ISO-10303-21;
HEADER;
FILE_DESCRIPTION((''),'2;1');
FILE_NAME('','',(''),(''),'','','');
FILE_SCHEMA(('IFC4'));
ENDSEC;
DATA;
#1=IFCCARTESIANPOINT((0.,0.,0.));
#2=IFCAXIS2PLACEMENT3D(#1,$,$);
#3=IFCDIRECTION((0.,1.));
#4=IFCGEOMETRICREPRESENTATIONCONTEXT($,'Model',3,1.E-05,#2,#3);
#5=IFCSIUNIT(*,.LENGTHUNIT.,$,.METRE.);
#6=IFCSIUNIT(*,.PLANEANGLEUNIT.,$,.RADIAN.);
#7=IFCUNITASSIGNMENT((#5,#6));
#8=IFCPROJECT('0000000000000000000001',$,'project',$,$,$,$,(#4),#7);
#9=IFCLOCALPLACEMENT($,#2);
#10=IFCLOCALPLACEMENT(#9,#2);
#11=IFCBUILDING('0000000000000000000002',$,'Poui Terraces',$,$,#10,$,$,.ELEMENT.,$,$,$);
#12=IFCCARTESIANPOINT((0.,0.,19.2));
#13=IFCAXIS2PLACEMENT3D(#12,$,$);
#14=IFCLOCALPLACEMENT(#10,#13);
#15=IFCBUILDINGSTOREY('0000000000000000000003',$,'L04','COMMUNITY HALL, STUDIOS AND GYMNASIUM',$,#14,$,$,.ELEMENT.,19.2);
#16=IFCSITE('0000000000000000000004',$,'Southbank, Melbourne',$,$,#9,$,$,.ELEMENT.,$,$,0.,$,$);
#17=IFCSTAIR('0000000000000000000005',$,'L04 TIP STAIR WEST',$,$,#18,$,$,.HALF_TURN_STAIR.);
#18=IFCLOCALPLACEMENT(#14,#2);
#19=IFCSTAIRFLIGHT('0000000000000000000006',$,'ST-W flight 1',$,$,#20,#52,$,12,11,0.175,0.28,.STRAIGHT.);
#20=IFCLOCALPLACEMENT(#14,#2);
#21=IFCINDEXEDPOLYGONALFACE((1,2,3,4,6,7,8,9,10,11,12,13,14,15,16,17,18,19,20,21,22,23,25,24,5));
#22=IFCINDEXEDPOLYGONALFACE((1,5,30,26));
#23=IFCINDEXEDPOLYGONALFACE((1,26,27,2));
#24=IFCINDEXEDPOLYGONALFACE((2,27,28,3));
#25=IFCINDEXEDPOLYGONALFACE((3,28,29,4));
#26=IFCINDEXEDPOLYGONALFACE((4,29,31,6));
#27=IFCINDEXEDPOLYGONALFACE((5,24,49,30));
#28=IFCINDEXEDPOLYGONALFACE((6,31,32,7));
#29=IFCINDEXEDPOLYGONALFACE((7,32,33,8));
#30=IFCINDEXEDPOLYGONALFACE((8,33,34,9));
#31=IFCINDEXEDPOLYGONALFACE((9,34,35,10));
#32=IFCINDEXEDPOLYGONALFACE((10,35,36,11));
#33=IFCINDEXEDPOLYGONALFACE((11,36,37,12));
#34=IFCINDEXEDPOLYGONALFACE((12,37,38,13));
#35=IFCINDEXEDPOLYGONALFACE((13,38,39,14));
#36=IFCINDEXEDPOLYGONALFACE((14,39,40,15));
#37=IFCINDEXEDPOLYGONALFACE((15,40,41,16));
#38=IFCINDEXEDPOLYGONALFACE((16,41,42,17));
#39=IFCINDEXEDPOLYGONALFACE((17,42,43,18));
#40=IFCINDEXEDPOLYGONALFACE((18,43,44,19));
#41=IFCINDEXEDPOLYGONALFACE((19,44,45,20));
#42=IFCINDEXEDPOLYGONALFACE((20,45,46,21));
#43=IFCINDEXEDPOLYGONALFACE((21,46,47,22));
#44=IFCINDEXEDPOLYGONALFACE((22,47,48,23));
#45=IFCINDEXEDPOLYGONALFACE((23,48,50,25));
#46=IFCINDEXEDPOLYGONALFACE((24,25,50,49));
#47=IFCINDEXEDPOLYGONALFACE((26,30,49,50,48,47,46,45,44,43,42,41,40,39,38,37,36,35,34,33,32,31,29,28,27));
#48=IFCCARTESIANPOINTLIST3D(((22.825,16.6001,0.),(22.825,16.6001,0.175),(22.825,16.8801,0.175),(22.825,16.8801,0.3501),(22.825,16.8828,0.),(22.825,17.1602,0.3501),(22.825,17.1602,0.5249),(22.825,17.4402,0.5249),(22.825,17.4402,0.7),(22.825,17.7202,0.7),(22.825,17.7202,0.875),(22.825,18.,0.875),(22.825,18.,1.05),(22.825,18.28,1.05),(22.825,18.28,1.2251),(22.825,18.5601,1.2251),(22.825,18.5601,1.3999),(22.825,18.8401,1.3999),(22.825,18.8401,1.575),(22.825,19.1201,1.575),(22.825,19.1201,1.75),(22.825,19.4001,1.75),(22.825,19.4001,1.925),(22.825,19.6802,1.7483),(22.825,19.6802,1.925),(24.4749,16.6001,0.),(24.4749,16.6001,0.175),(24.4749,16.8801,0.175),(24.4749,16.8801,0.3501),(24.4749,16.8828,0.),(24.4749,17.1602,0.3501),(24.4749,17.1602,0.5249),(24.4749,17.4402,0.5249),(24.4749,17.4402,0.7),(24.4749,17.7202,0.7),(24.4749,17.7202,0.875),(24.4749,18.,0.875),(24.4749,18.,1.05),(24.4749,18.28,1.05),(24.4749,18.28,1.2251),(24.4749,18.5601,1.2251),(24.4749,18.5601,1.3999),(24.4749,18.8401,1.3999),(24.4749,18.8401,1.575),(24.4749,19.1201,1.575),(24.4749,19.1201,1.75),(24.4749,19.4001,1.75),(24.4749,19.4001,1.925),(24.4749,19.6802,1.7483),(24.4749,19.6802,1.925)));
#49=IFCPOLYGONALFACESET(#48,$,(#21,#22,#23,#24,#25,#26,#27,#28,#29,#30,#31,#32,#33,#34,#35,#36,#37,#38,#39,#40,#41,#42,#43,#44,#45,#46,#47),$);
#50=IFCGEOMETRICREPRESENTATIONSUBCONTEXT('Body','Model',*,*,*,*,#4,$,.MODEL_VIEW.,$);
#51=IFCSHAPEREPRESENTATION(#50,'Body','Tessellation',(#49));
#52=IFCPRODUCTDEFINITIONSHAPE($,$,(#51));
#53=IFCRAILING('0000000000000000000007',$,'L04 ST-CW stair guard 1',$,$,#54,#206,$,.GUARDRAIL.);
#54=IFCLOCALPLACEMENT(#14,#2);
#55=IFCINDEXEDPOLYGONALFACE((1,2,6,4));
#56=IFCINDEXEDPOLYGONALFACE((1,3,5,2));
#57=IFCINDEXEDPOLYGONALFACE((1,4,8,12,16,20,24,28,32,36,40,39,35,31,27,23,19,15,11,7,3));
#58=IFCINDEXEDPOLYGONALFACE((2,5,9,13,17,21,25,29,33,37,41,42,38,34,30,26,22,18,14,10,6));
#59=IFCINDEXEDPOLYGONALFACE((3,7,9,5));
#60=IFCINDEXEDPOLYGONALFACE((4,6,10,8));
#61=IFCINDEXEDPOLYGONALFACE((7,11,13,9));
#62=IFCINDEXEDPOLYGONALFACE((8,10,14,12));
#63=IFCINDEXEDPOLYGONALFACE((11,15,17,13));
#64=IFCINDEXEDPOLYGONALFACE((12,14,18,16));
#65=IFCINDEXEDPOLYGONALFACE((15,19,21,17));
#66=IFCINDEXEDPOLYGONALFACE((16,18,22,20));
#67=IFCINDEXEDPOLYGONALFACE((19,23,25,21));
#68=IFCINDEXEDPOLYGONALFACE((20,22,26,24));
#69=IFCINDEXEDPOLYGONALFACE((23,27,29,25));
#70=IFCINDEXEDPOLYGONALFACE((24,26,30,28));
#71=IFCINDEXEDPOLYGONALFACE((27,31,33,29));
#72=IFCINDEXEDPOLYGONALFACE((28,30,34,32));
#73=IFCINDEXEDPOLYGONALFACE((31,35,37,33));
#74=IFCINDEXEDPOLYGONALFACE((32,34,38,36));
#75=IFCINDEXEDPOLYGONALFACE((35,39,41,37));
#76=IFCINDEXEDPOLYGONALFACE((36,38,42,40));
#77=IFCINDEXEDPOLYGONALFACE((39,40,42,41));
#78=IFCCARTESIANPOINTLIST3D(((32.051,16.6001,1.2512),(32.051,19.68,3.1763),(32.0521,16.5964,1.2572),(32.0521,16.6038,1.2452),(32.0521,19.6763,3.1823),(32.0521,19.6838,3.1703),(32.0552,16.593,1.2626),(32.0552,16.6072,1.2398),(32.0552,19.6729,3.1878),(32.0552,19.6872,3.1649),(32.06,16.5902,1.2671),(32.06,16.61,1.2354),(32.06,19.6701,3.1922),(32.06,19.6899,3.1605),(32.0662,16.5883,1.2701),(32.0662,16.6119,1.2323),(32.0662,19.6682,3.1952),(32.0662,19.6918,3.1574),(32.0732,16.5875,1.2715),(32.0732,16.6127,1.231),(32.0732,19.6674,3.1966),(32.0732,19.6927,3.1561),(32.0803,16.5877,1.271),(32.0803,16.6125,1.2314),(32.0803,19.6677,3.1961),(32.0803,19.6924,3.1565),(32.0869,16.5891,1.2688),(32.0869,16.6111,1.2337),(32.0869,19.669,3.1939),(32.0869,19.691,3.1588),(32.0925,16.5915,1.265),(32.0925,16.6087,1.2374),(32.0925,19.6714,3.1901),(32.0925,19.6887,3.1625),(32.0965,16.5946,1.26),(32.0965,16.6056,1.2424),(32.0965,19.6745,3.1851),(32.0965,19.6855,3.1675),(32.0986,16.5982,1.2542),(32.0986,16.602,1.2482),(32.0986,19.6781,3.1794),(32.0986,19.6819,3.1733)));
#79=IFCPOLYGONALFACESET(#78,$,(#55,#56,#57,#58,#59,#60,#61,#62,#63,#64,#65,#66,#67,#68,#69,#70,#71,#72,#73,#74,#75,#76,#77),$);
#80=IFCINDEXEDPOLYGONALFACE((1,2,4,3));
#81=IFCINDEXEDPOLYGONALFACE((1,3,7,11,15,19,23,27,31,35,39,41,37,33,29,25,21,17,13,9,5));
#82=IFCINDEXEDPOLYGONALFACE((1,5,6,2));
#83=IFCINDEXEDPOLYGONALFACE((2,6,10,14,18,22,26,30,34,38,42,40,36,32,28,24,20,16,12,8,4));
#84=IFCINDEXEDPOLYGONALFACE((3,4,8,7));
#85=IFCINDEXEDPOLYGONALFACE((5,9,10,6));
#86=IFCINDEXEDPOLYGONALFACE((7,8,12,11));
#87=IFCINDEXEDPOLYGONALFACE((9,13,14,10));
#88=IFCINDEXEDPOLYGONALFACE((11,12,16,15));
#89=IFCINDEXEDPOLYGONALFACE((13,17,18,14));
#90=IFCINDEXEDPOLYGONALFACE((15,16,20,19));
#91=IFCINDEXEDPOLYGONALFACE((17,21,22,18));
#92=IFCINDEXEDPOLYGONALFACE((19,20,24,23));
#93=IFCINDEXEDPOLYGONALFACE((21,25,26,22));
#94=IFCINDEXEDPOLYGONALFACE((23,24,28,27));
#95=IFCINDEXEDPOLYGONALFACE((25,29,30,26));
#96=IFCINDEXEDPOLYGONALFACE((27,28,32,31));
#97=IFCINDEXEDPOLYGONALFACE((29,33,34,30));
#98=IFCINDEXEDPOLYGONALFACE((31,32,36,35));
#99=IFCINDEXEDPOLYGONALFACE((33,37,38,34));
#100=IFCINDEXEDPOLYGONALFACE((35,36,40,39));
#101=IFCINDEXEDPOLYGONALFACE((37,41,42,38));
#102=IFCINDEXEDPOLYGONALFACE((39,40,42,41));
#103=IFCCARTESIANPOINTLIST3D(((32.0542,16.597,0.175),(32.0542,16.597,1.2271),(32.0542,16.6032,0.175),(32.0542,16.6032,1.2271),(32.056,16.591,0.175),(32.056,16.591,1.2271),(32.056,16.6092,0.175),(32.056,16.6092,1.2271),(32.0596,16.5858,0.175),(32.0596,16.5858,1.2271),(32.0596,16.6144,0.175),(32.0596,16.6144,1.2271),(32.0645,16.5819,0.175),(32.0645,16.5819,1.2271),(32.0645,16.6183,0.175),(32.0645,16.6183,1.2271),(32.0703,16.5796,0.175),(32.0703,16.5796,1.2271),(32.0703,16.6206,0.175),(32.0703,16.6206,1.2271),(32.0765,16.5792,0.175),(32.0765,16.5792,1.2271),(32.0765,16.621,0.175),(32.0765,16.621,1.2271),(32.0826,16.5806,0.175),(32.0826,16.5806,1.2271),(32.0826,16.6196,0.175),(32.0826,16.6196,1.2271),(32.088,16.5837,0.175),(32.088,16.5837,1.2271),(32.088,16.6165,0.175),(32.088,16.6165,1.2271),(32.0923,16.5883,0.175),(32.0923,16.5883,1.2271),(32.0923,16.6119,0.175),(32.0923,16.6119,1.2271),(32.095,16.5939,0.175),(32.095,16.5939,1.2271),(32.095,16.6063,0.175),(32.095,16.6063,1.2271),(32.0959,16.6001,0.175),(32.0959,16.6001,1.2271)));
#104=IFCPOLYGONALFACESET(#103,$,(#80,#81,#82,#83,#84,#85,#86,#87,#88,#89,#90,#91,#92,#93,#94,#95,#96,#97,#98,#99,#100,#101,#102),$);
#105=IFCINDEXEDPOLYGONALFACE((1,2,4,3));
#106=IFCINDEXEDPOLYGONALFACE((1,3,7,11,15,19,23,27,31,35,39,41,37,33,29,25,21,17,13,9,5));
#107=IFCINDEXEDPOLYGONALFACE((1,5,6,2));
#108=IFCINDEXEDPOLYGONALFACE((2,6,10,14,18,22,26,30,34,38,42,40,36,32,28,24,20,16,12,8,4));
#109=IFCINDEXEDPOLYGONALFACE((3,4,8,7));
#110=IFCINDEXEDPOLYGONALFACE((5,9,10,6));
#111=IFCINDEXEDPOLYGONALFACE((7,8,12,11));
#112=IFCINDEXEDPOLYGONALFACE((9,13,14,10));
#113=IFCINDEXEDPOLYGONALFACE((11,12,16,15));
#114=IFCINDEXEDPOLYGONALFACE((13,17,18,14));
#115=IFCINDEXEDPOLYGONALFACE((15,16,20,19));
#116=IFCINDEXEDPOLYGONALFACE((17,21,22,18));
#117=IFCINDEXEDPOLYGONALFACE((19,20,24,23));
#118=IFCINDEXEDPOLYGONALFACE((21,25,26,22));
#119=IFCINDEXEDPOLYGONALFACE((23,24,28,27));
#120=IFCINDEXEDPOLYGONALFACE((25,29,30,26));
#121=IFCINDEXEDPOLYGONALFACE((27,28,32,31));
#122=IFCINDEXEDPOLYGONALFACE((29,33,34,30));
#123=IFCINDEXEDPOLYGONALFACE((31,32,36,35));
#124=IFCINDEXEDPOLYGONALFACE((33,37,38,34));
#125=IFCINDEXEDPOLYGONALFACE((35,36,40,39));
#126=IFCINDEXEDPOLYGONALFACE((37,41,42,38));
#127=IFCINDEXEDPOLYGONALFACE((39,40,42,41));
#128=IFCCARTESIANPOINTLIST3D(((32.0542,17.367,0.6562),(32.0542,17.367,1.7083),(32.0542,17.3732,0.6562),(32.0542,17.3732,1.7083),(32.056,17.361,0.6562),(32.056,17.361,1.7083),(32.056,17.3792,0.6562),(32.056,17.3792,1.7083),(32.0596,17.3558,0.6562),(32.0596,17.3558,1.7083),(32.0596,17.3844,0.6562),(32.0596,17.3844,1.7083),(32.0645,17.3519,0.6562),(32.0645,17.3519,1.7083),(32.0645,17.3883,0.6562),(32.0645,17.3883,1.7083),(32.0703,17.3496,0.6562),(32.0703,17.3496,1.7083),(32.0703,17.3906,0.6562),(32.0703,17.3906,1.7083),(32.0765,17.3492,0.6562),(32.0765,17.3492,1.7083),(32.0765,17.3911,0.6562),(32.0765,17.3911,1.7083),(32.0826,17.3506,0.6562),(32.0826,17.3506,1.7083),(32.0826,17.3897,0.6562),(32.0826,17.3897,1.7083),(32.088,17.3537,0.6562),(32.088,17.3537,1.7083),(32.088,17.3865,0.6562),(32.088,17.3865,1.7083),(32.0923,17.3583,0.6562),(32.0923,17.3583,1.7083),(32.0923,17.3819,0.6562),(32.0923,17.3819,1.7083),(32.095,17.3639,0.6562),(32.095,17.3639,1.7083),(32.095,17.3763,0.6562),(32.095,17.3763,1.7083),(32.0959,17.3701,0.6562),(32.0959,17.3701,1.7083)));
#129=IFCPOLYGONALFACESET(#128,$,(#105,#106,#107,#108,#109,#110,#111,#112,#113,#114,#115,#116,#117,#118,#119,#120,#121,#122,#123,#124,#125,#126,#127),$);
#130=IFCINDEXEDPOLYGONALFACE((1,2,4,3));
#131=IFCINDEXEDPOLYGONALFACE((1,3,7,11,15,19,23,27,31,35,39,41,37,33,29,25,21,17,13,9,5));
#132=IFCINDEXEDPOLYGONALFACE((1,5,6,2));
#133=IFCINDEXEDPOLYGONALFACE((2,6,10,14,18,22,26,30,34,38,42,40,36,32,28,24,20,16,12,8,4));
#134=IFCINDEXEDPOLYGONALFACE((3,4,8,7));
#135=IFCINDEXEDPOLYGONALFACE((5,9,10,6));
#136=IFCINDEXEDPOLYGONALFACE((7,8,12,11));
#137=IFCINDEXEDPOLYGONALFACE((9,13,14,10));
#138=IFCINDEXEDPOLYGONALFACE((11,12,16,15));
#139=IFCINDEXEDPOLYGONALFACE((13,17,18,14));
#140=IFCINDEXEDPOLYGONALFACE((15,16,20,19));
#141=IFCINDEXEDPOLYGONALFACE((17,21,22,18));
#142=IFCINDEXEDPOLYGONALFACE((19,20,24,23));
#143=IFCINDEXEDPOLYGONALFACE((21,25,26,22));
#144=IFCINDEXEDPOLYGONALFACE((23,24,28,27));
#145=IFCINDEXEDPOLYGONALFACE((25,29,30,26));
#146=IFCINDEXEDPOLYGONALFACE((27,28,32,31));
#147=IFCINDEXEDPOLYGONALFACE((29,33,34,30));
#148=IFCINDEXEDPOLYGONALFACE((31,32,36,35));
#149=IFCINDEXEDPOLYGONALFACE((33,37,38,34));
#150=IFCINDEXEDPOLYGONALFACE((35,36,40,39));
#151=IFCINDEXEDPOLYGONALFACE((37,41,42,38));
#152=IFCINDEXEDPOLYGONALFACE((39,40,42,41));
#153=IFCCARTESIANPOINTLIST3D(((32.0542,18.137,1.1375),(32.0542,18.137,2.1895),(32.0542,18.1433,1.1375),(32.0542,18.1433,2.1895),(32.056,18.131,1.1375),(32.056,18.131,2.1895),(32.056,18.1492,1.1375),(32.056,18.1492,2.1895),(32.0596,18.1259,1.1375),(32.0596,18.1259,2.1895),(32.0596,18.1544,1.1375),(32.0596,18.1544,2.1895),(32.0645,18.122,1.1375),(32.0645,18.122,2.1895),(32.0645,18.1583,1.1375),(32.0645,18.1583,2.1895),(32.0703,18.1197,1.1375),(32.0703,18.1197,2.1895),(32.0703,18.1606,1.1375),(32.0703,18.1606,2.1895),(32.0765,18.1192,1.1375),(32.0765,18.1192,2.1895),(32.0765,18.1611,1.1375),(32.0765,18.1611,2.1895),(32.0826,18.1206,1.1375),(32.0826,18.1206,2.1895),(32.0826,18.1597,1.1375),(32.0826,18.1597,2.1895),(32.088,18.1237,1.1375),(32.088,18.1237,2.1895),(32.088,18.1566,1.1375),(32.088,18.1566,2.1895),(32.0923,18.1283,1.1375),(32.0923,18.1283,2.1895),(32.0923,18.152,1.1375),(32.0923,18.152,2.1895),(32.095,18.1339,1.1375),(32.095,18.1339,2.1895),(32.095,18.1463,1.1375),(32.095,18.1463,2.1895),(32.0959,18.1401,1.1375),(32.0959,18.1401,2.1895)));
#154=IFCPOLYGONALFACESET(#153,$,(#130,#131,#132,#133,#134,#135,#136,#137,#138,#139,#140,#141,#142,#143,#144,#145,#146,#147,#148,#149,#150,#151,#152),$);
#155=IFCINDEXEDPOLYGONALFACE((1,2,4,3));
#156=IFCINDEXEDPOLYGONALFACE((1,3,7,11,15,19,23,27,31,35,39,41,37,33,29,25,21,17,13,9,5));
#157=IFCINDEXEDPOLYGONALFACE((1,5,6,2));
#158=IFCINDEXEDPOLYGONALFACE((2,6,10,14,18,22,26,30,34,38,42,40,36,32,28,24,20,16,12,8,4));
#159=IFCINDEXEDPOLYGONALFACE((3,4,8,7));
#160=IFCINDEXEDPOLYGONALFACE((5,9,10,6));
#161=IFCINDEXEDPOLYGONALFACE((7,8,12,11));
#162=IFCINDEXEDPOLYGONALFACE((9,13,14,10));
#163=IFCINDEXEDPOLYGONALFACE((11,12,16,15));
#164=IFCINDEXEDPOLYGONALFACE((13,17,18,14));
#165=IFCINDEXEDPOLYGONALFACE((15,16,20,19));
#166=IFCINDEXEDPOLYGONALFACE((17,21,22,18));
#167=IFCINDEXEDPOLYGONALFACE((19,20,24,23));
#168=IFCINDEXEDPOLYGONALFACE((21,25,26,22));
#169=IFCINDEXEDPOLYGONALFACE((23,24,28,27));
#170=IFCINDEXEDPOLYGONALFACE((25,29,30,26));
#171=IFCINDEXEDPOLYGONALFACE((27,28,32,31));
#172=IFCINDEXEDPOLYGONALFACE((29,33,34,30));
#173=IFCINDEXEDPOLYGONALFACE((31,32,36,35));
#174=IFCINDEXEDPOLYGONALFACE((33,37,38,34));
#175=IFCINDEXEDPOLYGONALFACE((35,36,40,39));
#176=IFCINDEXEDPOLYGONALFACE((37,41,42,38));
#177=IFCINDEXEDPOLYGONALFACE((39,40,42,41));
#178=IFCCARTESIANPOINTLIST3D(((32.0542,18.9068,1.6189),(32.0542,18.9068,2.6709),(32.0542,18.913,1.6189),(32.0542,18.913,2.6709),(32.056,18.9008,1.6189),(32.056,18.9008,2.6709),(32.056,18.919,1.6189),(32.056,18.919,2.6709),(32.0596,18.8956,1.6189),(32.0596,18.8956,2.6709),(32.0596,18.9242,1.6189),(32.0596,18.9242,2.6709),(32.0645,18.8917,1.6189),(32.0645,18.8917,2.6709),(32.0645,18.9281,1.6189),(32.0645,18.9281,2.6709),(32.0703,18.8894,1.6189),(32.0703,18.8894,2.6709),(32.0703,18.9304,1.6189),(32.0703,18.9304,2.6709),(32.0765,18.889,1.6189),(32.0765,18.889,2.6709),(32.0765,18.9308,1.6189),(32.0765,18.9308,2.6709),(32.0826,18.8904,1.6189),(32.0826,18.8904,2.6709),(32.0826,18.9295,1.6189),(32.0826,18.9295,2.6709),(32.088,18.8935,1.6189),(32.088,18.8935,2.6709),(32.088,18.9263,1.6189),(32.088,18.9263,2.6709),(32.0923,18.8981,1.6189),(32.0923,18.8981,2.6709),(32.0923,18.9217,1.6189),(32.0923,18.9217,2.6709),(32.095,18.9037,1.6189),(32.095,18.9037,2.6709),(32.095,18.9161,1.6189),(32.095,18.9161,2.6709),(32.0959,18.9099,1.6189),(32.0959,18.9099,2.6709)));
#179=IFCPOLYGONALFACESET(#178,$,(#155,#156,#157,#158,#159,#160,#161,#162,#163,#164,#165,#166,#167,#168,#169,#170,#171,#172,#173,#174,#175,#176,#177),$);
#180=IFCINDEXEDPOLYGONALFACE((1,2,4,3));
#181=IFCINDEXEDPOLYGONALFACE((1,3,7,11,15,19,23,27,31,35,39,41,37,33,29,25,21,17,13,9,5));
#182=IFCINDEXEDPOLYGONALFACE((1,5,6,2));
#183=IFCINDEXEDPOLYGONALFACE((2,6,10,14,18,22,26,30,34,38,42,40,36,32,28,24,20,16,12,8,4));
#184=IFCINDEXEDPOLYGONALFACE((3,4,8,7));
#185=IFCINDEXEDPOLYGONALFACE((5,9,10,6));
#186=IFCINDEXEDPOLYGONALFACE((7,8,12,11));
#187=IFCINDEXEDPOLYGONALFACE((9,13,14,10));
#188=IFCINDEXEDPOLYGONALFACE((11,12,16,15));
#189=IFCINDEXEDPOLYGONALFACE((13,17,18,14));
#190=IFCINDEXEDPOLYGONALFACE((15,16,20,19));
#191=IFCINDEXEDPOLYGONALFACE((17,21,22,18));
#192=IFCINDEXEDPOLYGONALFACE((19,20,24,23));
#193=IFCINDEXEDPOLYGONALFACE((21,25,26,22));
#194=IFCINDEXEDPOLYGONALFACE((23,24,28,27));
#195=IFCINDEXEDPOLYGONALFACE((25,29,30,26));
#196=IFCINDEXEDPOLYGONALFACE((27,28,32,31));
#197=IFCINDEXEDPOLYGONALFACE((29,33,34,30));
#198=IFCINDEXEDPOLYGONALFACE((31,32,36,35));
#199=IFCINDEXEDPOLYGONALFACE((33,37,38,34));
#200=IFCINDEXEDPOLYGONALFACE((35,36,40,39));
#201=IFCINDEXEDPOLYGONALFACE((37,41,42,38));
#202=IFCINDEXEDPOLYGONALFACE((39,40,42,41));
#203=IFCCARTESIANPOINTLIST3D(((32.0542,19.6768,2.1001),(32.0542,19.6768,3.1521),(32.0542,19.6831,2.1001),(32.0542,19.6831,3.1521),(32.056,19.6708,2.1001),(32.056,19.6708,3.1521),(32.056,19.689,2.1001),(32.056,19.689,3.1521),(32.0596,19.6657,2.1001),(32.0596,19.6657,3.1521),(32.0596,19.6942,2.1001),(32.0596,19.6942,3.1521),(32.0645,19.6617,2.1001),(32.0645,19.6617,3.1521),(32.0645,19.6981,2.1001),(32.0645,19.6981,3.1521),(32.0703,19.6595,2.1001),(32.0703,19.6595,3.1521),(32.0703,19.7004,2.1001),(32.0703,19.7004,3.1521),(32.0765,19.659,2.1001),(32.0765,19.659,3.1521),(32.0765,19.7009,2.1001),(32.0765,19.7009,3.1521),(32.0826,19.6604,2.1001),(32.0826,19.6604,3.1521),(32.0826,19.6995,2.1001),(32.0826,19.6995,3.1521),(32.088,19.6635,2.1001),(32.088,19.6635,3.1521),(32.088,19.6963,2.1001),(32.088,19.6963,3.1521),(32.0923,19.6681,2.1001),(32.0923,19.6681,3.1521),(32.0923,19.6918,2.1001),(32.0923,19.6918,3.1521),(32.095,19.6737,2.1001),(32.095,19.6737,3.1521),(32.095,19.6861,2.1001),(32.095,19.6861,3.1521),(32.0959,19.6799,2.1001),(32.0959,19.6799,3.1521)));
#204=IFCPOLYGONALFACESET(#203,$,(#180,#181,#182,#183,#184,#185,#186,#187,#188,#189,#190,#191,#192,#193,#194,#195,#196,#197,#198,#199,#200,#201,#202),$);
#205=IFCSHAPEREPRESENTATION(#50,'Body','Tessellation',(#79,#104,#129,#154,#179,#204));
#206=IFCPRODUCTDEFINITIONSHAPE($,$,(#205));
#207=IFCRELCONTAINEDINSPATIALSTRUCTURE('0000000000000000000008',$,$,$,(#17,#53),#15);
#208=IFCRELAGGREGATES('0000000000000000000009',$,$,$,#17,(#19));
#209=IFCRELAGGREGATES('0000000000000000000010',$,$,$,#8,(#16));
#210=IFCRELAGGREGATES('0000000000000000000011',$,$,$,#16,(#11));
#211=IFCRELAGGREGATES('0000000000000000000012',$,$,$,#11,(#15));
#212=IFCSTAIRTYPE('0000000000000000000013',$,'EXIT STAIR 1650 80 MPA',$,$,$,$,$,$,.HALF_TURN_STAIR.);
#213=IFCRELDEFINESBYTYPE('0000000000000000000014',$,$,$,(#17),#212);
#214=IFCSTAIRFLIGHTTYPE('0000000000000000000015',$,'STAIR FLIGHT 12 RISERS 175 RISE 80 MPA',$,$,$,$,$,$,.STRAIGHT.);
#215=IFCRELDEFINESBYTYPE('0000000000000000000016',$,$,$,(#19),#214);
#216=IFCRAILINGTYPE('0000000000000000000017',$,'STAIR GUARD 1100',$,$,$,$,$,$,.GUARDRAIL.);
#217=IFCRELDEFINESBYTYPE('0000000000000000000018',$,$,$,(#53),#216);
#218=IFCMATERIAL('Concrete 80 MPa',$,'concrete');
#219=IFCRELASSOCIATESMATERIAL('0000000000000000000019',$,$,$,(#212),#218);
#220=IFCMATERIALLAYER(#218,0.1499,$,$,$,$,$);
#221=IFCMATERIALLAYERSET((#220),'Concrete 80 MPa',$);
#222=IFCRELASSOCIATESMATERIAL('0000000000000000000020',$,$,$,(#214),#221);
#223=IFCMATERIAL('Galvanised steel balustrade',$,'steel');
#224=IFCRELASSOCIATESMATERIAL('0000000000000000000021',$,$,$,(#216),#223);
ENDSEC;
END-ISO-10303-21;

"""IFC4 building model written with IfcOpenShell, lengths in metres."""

from ifc_helpers import new_model, si_unit, direction, frame, origin, origin_2d, place, context, subcontext, project, spatial, polyline, circle, outline, extrude, material, layer, layer_set, type_object, element, aggregate, save


model = new_model("IFC4")

# Units and contexts
model_context = context("Model", 3, precision=1e-05, world=origin(), true_north=direction((0.0, 1.0)))
body_context = subcontext(model_context, "Body", "Model", "MODEL_VIEW")
ifc_project = project(units=[si_unit("LENGTHUNIT", "METRE"), si_unit("PLANEANGLEUNIT", "RADIAN")], contexts=[model_context])

# Site, building, storey
site_placement = place(None, origin())
site = spatial("IfcSite", under=ifc_project, at=site_placement, Name="Southbank, Melbourne", CompositionType="ELEMENT", RefElevation=0.0)
building_placement = place(site_placement, origin())
building = spatial("IfcBuilding", under=site, at=building_placement, Name="Poui Terraces", CompositionType="ELEMENT")
storey_placement = place(building_placement, frame((0.0, 0.0, 19.2)))
storey = spatial("IfcBuildingStorey", under=building, at=storey_placement, Name="L04", Description="COMMUNITY HALL, STUDIOS AND GYMNASIUM", CompositionType="ELEMENT", Elevation=19.2)

# Shared definitions
ifc_material_1 = material(Name="Concrete 80 MPa", Category="concrete")

# Stair, stair flight
stair_type = type_object("IfcStairType", Name="EXIT STAIR 1650 80 MPA", PredefinedType="HALF_TURN_STAIR", material=ifc_material_1)
ifc_layer_1 = layer(ifc_material_1, 0.1499)
ifc_layer_set_1 = layer_set([ifc_layer_1], Name="Concrete 80 MPa")
stair_flight_type = type_object("IfcStairFlightType", Name="STAIR FLIGHT 12 RISERS 175 RISE 80 MPA", PredefinedType="STRAIGHT", material=ifc_layer_set_1)
stair_1_placement = place(storey_placement, origin())
stair_1 = element("IfcStair", 1, at=stair_1_placement, inside=storey, type_object=stair_type, Name="L04 TIP STAIR WEST", PredefinedType="HALF_TURN_STAIR")
stair_flight_1_placement = place(storey_placement, frame((23.6499, 16.6001, 0.0), z_axis=(0.0, 0.0, 1.0), x_axis=(0.0, 1.0, 0.0)))
stair_flight_1 = element("IfcStairFlight", 2, at=stair_flight_1_placement, type_object=stair_flight_type, Name="ST-W flight 1", NumberOfRisers=12, NumberOfTreads=11, PredefinedType="STRAIGHT", RiserHeight=0.175, TreadLength=0.28, context=body_context, shape_type="SweptSolid", body=[
    extrude(outline(polyline([(0.0, 0.0), (0.0, 0.175), (0.28, 0.175), (0.28, 0.3501), (0.5601, 0.3501), (0.5601, 0.5249), (0.8401, 0.5249), (0.8401, 0.7), (1.1201, 0.7), (1.1201, 0.875), (1.3999, 0.875), (1.3999, 1.05), (1.6799, 1.05), (1.6799, 1.2251), (1.96, 1.2251), (1.96, 1.3999), (2.24, 1.3999), (2.24, 1.575), (2.52, 1.575), (2.52, 1.75), (2.8, 1.75), (2.8, 1.925), (3.0801, 1.925), (3.0801, 2.1001), (3.0801, 1.7483), (0.2827, 0.0), (0.0, 0.0)])), frame((0.0, 0.825, 0.0), z_axis=(0.0, -1.0, 0.0), x_axis=(1.0, 0.0, 0.0)), (0.0, 0.0, 1.0), 1.6499),
])
aggregate(stair_1, [stair_flight_1])

# Railing
ifc_material_2 = material(Name="Galvanised steel balustrade", Category="steel")
railing_type_1 = type_object("IfcRailingType", Name="STAIR GUARD 1100", PredefinedType="GUARDRAIL", material=ifc_material_2)
railing_1_placement = place(storey_placement, frame((32.075, 16.6001, 0.175)))
element("IfcRailing", 3, at=railing_1_placement, inside=storey, type_object=railing_type_1, Name="L04 ST-CW stair guard 1", PredefinedType="GUARDRAIL", context=body_context, shape_type="SweptSolid", body=[
    extrude(circle(Radius=0.0239, at=origin_2d()), frame((0.0, 0.0, 1.0762), z_axis=(0.0, 0.847979, 0.530029), x_axis=(-1.0, 0.0, 0.0)), (0.0, 0.0, 1.0), 3.6321),
    extrude(circle(Radius=0.021, at=origin_2d()), origin(), (0.0, 0.0, 1.0), 1.052),
    extrude(circle(Radius=0.021, at=origin_2d()), frame((0.0, 0.77, 0.4812)), (0.0, 0.0, 1.0), 1.052),
    extrude(circle(Radius=0.021, at=origin_2d()), frame((0.0, 1.54, 0.9624)), (0.0, 0.0, 1.0), 1.052),
    extrude(circle(Radius=0.021, at=origin_2d()), frame((0.0, 2.3098, 1.4438)), (0.0, 0.0, 1.0), 1.052),
    extrude(circle(Radius=0.021, at=origin_2d()), frame((0.0, 3.0798, 1.925)), (0.0, 0.0, 1.0), 1.052),
])

save(model, "model.ifc")
